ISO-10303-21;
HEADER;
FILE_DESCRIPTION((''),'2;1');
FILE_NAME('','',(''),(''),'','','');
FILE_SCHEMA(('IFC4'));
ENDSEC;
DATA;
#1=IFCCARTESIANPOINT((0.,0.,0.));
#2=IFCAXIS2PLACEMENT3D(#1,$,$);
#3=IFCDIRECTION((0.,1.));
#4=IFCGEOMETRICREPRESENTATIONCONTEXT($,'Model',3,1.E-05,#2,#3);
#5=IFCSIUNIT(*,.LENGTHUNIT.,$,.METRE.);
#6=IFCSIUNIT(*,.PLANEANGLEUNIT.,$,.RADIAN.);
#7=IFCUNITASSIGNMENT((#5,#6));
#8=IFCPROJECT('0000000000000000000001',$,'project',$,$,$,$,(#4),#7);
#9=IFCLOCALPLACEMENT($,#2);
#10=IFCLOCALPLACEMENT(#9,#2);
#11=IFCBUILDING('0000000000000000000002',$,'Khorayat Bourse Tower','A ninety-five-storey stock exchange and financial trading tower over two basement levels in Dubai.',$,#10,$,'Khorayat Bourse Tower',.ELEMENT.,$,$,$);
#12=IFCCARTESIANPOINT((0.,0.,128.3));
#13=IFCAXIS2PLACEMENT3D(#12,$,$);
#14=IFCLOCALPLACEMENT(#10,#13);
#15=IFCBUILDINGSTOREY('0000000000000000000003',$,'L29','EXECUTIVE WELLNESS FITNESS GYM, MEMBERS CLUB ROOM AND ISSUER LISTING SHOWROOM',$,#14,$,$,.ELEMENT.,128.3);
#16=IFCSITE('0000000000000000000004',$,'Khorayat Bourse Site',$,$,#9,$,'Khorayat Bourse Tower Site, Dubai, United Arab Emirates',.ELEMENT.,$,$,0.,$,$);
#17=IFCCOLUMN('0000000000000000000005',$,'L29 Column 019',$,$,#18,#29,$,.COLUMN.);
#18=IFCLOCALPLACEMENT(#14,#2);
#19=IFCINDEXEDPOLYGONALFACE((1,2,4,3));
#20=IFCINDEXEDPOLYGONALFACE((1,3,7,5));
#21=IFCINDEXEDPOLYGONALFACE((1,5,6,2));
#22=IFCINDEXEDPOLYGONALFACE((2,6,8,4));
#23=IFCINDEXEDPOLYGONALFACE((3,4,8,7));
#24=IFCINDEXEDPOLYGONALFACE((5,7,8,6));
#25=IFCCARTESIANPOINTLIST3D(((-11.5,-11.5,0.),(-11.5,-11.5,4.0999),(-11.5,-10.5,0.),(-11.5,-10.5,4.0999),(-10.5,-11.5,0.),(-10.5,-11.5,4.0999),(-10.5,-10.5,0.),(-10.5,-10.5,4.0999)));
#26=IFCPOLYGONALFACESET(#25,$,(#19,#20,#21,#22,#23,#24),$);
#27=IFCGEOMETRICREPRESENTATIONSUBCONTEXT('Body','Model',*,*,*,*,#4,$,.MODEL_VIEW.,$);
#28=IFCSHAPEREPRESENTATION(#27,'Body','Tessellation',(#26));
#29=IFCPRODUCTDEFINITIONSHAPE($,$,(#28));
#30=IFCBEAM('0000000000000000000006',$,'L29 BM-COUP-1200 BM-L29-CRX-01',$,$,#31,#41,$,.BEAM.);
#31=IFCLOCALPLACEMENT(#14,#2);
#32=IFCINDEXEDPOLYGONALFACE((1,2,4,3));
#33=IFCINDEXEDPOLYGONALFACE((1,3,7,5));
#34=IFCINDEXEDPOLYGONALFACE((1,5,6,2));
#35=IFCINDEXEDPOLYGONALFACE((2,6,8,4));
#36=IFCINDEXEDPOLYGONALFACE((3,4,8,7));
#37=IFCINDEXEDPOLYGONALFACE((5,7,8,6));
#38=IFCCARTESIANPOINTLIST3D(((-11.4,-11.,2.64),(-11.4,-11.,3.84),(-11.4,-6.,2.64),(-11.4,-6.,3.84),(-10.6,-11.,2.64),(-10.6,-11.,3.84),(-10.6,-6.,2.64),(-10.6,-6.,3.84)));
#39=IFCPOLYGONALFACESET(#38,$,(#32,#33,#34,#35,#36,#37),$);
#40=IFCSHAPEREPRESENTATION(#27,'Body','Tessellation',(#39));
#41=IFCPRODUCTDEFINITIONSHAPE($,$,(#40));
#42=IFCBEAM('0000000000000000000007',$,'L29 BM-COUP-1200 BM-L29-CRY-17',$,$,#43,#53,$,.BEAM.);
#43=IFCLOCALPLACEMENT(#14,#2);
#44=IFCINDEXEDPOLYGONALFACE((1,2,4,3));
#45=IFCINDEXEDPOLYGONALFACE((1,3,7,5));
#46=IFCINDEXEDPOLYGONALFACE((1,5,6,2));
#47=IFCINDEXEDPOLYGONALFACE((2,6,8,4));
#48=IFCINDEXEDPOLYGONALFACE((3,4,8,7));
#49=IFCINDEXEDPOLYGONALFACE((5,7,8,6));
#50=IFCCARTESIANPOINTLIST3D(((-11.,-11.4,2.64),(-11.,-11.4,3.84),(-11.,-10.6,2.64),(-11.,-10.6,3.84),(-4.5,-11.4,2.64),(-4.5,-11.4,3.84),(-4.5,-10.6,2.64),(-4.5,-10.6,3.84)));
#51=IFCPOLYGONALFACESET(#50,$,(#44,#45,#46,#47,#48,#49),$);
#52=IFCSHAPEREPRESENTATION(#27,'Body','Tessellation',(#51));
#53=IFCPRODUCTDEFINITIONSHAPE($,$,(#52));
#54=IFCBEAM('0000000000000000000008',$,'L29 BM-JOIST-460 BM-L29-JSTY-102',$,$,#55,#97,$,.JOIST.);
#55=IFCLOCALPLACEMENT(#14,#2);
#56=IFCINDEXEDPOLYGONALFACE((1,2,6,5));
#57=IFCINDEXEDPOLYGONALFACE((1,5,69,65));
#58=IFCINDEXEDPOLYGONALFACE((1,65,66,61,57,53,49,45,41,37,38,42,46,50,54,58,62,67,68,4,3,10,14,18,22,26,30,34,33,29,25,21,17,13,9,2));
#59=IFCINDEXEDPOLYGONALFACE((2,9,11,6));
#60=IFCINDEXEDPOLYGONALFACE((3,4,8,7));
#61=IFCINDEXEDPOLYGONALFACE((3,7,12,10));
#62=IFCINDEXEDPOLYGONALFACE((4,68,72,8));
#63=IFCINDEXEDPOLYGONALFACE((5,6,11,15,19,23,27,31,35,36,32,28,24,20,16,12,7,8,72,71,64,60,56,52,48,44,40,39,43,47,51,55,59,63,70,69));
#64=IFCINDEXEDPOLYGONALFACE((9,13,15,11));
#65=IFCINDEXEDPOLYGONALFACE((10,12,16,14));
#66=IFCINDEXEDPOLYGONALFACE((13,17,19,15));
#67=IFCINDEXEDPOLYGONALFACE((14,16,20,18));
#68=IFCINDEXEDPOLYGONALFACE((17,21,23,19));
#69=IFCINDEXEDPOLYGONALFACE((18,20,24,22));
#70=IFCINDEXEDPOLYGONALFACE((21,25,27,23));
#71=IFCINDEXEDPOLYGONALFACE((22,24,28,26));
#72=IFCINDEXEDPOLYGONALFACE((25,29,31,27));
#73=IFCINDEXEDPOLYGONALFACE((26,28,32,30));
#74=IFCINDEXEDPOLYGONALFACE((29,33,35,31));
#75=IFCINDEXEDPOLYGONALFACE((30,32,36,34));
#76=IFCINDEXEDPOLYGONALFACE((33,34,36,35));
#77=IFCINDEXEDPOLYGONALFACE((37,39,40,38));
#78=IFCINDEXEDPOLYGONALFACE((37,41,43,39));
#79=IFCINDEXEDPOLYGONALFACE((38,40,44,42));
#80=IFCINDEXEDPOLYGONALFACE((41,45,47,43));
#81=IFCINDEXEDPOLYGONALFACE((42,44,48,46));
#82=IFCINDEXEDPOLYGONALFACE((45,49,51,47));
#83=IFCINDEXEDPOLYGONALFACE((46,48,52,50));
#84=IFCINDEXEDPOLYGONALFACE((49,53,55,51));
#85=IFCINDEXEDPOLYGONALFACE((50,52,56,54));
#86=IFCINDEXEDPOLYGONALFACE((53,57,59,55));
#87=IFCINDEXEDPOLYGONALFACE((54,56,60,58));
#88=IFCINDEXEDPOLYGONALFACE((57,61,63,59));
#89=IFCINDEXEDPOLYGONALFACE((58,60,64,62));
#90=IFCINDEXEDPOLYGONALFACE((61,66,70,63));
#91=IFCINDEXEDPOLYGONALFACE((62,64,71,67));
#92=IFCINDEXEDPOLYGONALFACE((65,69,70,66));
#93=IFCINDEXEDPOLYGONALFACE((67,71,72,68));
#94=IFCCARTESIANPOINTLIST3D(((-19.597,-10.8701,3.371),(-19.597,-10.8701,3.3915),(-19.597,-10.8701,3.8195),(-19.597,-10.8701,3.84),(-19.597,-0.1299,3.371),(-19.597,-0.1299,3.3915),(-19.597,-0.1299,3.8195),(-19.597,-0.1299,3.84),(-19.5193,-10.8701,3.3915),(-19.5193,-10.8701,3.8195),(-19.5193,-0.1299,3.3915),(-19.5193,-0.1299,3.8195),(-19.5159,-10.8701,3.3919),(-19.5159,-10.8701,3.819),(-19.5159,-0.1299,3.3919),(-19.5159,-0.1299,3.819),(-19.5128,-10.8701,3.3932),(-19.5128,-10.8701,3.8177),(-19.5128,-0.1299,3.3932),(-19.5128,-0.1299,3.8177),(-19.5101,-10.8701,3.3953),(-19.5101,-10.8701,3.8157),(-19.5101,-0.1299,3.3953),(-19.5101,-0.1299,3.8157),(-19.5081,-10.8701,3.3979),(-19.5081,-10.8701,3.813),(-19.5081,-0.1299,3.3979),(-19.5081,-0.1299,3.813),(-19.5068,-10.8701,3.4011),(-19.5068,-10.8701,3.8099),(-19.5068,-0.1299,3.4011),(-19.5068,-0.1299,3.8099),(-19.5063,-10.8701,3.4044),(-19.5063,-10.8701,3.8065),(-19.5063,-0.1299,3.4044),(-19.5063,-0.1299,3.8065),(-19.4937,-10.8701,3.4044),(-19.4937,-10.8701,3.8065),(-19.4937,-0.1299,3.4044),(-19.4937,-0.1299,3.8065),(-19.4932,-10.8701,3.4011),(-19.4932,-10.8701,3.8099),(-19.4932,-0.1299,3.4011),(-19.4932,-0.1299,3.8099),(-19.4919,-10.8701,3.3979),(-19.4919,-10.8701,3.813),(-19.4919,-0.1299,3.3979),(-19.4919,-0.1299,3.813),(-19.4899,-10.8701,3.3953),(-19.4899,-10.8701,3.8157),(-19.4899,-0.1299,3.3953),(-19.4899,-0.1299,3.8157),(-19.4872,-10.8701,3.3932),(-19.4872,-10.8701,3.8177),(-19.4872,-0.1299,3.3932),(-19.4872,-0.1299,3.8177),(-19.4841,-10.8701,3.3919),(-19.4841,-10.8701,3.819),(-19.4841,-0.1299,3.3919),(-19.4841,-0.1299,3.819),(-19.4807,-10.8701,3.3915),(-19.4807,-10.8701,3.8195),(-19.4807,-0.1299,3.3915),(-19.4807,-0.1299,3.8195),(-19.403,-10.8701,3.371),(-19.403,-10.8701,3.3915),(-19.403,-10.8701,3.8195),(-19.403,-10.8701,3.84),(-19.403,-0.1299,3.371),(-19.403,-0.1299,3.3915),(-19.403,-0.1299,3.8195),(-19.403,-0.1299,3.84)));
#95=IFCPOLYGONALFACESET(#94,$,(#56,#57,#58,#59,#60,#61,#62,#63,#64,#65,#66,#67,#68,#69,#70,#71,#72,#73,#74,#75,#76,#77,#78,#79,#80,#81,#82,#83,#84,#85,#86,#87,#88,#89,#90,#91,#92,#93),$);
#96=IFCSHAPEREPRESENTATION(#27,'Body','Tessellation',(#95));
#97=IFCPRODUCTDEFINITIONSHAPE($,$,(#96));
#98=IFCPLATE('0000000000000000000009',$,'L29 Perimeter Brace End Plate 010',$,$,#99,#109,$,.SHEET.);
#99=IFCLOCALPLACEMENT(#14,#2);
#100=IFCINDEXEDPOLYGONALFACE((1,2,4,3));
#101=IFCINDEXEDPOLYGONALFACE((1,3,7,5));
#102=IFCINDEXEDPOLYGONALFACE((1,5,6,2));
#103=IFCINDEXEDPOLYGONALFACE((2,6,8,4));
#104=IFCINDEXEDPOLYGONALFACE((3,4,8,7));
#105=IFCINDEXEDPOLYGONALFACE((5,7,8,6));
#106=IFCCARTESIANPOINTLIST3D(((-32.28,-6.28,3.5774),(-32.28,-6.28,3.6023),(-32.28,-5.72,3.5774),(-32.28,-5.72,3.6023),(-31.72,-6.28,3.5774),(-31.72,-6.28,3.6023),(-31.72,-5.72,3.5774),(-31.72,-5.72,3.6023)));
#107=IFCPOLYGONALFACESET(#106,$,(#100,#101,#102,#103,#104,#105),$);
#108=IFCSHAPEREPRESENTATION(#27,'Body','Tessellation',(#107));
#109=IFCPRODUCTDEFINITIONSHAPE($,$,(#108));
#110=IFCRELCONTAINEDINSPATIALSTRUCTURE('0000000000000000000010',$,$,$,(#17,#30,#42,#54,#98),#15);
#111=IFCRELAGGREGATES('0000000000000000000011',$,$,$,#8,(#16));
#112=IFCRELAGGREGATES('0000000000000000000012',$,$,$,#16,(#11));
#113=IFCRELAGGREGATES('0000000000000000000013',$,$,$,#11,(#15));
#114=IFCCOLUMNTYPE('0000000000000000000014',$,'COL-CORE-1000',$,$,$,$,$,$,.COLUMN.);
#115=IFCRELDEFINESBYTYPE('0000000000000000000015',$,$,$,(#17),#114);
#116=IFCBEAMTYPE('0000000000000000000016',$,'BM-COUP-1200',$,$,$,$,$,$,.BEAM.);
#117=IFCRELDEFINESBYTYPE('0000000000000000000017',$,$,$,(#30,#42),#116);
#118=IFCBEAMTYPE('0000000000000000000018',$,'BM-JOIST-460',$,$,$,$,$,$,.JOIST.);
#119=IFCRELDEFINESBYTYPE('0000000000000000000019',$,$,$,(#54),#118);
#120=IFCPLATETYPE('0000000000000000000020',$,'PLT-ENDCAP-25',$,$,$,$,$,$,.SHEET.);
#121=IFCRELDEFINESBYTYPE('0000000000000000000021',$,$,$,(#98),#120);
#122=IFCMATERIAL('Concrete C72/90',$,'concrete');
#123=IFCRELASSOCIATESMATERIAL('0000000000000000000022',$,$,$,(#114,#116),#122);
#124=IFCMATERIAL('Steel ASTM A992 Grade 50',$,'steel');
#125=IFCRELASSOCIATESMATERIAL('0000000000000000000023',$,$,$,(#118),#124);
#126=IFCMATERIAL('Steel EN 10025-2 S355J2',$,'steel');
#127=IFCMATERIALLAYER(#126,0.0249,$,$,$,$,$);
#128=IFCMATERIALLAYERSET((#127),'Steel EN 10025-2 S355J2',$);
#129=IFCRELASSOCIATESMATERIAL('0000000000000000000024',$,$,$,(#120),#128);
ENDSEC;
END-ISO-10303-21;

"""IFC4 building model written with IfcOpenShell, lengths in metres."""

from ifc_helpers import new_model, si_unit, direction, frame, origin, origin_2d, place, context, subcontext, project, spatial, rectangle, i_section, extrude, source, transform, mapped, material, layer, layer_set, material_profile, profile_set, type_object, element, save


model = new_model("IFC4")

# Units and contexts
model_context = context("Model", 3, precision=1e-05, world=origin(), true_north=direction((0.0, 1.0)))
body_context = subcontext(model_context, "Body", "Model", "MODEL_VIEW")
ifc_project = project(units=[si_unit("LENGTHUNIT", "METRE"), si_unit("PLANEANGLEUNIT", "RADIAN")], contexts=[model_context])

# Site, building, storey
site_placement = place(None, origin())
site = spatial("IfcSite", under=ifc_project, at=site_placement, Name="Khorayat Bourse Site", LongName="Khorayat Bourse Tower Site, Dubai, United Arab Emirates", CompositionType="ELEMENT", RefElevation=0.0)
building_placement = place(site_placement, origin())
building = spatial("IfcBuilding", under=site, at=building_placement, Name="Khorayat Bourse Tower", Description="A ninety-five-storey stock exchange and financial trading tower over two basement levels in Dubai.", LongName="Khorayat Bourse Tower", CompositionType="ELEMENT")
storey_placement = place(building_placement, frame((0.0, 0.0, 128.3)))
storey = spatial("IfcBuildingStorey", under=building, at=storey_placement, Name="L29", Description="EXECUTIVE WELLNESS FITNESS GYM, MEMBERS CLUB ROOM AND ISSUER LISTING SHOWROOM", CompositionType="ELEMENT", Elevation=128.3)

# Column
ifc_material_1 = material(Name="Concrete C72/90", Category="concrete")
ifc_material_profile_1 = material_profile(ifc_material_1, rectangle(XDim=1.0, YDim=1.0, at=origin_2d()), Name="RC 1000x1000")
ifc_profile_set_1 = profile_set([ifc_material_profile_1], Name="Concrete C72/90")
column_type = type_object("IfcColumnType", Name="COL-CORE-1000", PredefinedType="COLUMN", material=ifc_profile_set_1)
shared_shape_1 = source(origin(), body_context, "Body", "SweptSolid", [
    extrude(rectangle(XDim=1.0, YDim=1.0, at=origin_2d()), origin(), (0.0, 0.0, 1.0), 4.0999),
])
column_placement = place(storey_placement, frame((-11.0, -11.0, 0.0), z_axis=(0.0, 0.0, 1.0), x_axis=(1.0, 0.0, 0.0)))
element("IfcColumn", 1, at=column_placement, inside=storey, type_object=column_type, Name="L29 Column 019", PredefinedType="COLUMN", context=body_context, shape_type="MappedRepresentation", body=[
    mapped(shared_shape_1, transform((0.0, 0.0, 0.0), scale=1.0)),
])

# Beams
ifc_material_profile_2 = material_profile(ifc_material_1, rectangle(XDim=0.8, YDim=1.2, at=origin_2d()), Name="RC 800x1200")
ifc_profile_set_2 = profile_set([ifc_material_profile_2], Name="Concrete C72/90")
beam_type_1 = type_object("IfcBeamType", Name="BM-COUP-1200", PredefinedType="BEAM", material=ifc_profile_set_2)
shared_shape_2 = source(origin(), body_context, "Body", "SweptSolid", [
    extrude(rectangle(XDim=0.8, YDim=1.2, at=origin_2d()), origin(), (0.0, 0.0, 1.0), 5.0),
])
beam_1_placement = place(storey_placement, frame((-11.0, -11.0, 3.24), z_axis=(0.0, 1.0, 0.0), x_axis=(-1.0, 0.0, 0.0)))
element("IfcBeam", 2, at=beam_1_placement, inside=storey, type_object=beam_type_1, Name="L29 BM-COUP-1200 BM-L29-CRX-01", PredefinedType="BEAM", context=body_context, shape_type="MappedRepresentation", body=[
    mapped(shared_shape_2, transform((0.0, 0.0, 0.0), scale=1.0)),
])
shared_shape_3 = source(origin(), body_context, "Body", "SweptSolid", [
    extrude(rectangle(XDim=0.8, YDim=1.2, at=origin_2d()), origin(), (0.0, 0.0, 1.0), 6.5),
])
beam_2_placement = place(storey_placement, frame((-11.0, -11.0, 3.24), z_axis=(1.0, 0.0, 0.0), x_axis=(0.0, 1.0, 0.0)))
element("IfcBeam", 3, at=beam_2_placement, inside=storey, type_object=beam_type_1, Name="L29 BM-COUP-1200 BM-L29-CRY-17", PredefinedType="BEAM", context=body_context, shape_type="MappedRepresentation", body=[
    mapped(shared_shape_3, transform((0.0, 0.0, 0.0), scale=1.0)),
])
ifc_material_2 = material(Name="Steel ASTM A992 Grade 50", Category="steel")
ifc_material_profile_3 = material_profile(ifc_material_2, i_section(OverallWidth=0.1941, OverallDepth=0.469, WebThickness=0.0127, FlangeThickness=0.0205, FilletRadius=0.0129, at=origin_2d()), Name="W460X106")
ifc_profile_set_3 = profile_set([ifc_material_profile_3], Name="Steel ASTM A992 Grade 50")
beam_type_2 = type_object("IfcBeamType", Name="BM-JOIST-460", PredefinedType="JOIST", material=ifc_profile_set_3)
shared_shape_4 = source(origin(), body_context, "Body", "SweptSolid", [
    extrude(i_section(OverallWidth=0.1941, OverallDepth=0.469, WebThickness=0.0127, FlangeThickness=0.0205, FilletRadius=0.0129, at=origin_2d()), origin(), (0.0, 0.0, 1.0), 10.7402),
])
beam_3_placement = place(storey_placement, frame((-19.5, -10.8701, 3.6055), z_axis=(0.0, 1.0, 0.0), x_axis=(-1.0, 0.0, 0.0)))
element("IfcBeam", 4, at=beam_3_placement, inside=storey, type_object=beam_type_2, Name="L29 BM-JOIST-460 BM-L29-JSTY-102", PredefinedType="JOIST", context=body_context, shape_type="MappedRepresentation", body=[
    mapped(shared_shape_4, transform((0.0, 0.0, 0.0), scale=1.0)),
])

# Plate
ifc_material_3 = material(Name="Steel EN 10025-2 S355J2", Category="steel")
ifc_layer_1 = layer(ifc_material_3, 0.0249)
ifc_layer_set_1 = layer_set([ifc_layer_1], Name="Steel EN 10025-2 S355J2")
plate_type = type_object("IfcPlateType", Name="PLT-ENDCAP-25", PredefinedType="SHEET", material=ifc_layer_set_1)
shared_shape_5 = source(origin(), body_context, "Body", "SweptSolid", [
    extrude(rectangle(XDim=0.5601, YDim=0.5601, at=origin_2d()), origin(), (0.0, 0.0, 1.0), 0.0249),
])
plate_placement = place(storey_placement, frame((-32.0, -6.0, 3.5774), z_axis=(0.0, 0.0, 1.0), x_axis=(1.0, 0.0, 0.0)))
element("IfcPlate", 5, at=plate_placement, inside=storey, type_object=plate_type, Name="L29 Perimeter Brace End Plate 010", PredefinedType="SHEET", context=body_context, shape_type="MappedRepresentation", body=[
    mapped(shared_shape_5, transform((0.0, 0.0, 0.0), scale=1.0)),
])

save(model, "model.ifc")
